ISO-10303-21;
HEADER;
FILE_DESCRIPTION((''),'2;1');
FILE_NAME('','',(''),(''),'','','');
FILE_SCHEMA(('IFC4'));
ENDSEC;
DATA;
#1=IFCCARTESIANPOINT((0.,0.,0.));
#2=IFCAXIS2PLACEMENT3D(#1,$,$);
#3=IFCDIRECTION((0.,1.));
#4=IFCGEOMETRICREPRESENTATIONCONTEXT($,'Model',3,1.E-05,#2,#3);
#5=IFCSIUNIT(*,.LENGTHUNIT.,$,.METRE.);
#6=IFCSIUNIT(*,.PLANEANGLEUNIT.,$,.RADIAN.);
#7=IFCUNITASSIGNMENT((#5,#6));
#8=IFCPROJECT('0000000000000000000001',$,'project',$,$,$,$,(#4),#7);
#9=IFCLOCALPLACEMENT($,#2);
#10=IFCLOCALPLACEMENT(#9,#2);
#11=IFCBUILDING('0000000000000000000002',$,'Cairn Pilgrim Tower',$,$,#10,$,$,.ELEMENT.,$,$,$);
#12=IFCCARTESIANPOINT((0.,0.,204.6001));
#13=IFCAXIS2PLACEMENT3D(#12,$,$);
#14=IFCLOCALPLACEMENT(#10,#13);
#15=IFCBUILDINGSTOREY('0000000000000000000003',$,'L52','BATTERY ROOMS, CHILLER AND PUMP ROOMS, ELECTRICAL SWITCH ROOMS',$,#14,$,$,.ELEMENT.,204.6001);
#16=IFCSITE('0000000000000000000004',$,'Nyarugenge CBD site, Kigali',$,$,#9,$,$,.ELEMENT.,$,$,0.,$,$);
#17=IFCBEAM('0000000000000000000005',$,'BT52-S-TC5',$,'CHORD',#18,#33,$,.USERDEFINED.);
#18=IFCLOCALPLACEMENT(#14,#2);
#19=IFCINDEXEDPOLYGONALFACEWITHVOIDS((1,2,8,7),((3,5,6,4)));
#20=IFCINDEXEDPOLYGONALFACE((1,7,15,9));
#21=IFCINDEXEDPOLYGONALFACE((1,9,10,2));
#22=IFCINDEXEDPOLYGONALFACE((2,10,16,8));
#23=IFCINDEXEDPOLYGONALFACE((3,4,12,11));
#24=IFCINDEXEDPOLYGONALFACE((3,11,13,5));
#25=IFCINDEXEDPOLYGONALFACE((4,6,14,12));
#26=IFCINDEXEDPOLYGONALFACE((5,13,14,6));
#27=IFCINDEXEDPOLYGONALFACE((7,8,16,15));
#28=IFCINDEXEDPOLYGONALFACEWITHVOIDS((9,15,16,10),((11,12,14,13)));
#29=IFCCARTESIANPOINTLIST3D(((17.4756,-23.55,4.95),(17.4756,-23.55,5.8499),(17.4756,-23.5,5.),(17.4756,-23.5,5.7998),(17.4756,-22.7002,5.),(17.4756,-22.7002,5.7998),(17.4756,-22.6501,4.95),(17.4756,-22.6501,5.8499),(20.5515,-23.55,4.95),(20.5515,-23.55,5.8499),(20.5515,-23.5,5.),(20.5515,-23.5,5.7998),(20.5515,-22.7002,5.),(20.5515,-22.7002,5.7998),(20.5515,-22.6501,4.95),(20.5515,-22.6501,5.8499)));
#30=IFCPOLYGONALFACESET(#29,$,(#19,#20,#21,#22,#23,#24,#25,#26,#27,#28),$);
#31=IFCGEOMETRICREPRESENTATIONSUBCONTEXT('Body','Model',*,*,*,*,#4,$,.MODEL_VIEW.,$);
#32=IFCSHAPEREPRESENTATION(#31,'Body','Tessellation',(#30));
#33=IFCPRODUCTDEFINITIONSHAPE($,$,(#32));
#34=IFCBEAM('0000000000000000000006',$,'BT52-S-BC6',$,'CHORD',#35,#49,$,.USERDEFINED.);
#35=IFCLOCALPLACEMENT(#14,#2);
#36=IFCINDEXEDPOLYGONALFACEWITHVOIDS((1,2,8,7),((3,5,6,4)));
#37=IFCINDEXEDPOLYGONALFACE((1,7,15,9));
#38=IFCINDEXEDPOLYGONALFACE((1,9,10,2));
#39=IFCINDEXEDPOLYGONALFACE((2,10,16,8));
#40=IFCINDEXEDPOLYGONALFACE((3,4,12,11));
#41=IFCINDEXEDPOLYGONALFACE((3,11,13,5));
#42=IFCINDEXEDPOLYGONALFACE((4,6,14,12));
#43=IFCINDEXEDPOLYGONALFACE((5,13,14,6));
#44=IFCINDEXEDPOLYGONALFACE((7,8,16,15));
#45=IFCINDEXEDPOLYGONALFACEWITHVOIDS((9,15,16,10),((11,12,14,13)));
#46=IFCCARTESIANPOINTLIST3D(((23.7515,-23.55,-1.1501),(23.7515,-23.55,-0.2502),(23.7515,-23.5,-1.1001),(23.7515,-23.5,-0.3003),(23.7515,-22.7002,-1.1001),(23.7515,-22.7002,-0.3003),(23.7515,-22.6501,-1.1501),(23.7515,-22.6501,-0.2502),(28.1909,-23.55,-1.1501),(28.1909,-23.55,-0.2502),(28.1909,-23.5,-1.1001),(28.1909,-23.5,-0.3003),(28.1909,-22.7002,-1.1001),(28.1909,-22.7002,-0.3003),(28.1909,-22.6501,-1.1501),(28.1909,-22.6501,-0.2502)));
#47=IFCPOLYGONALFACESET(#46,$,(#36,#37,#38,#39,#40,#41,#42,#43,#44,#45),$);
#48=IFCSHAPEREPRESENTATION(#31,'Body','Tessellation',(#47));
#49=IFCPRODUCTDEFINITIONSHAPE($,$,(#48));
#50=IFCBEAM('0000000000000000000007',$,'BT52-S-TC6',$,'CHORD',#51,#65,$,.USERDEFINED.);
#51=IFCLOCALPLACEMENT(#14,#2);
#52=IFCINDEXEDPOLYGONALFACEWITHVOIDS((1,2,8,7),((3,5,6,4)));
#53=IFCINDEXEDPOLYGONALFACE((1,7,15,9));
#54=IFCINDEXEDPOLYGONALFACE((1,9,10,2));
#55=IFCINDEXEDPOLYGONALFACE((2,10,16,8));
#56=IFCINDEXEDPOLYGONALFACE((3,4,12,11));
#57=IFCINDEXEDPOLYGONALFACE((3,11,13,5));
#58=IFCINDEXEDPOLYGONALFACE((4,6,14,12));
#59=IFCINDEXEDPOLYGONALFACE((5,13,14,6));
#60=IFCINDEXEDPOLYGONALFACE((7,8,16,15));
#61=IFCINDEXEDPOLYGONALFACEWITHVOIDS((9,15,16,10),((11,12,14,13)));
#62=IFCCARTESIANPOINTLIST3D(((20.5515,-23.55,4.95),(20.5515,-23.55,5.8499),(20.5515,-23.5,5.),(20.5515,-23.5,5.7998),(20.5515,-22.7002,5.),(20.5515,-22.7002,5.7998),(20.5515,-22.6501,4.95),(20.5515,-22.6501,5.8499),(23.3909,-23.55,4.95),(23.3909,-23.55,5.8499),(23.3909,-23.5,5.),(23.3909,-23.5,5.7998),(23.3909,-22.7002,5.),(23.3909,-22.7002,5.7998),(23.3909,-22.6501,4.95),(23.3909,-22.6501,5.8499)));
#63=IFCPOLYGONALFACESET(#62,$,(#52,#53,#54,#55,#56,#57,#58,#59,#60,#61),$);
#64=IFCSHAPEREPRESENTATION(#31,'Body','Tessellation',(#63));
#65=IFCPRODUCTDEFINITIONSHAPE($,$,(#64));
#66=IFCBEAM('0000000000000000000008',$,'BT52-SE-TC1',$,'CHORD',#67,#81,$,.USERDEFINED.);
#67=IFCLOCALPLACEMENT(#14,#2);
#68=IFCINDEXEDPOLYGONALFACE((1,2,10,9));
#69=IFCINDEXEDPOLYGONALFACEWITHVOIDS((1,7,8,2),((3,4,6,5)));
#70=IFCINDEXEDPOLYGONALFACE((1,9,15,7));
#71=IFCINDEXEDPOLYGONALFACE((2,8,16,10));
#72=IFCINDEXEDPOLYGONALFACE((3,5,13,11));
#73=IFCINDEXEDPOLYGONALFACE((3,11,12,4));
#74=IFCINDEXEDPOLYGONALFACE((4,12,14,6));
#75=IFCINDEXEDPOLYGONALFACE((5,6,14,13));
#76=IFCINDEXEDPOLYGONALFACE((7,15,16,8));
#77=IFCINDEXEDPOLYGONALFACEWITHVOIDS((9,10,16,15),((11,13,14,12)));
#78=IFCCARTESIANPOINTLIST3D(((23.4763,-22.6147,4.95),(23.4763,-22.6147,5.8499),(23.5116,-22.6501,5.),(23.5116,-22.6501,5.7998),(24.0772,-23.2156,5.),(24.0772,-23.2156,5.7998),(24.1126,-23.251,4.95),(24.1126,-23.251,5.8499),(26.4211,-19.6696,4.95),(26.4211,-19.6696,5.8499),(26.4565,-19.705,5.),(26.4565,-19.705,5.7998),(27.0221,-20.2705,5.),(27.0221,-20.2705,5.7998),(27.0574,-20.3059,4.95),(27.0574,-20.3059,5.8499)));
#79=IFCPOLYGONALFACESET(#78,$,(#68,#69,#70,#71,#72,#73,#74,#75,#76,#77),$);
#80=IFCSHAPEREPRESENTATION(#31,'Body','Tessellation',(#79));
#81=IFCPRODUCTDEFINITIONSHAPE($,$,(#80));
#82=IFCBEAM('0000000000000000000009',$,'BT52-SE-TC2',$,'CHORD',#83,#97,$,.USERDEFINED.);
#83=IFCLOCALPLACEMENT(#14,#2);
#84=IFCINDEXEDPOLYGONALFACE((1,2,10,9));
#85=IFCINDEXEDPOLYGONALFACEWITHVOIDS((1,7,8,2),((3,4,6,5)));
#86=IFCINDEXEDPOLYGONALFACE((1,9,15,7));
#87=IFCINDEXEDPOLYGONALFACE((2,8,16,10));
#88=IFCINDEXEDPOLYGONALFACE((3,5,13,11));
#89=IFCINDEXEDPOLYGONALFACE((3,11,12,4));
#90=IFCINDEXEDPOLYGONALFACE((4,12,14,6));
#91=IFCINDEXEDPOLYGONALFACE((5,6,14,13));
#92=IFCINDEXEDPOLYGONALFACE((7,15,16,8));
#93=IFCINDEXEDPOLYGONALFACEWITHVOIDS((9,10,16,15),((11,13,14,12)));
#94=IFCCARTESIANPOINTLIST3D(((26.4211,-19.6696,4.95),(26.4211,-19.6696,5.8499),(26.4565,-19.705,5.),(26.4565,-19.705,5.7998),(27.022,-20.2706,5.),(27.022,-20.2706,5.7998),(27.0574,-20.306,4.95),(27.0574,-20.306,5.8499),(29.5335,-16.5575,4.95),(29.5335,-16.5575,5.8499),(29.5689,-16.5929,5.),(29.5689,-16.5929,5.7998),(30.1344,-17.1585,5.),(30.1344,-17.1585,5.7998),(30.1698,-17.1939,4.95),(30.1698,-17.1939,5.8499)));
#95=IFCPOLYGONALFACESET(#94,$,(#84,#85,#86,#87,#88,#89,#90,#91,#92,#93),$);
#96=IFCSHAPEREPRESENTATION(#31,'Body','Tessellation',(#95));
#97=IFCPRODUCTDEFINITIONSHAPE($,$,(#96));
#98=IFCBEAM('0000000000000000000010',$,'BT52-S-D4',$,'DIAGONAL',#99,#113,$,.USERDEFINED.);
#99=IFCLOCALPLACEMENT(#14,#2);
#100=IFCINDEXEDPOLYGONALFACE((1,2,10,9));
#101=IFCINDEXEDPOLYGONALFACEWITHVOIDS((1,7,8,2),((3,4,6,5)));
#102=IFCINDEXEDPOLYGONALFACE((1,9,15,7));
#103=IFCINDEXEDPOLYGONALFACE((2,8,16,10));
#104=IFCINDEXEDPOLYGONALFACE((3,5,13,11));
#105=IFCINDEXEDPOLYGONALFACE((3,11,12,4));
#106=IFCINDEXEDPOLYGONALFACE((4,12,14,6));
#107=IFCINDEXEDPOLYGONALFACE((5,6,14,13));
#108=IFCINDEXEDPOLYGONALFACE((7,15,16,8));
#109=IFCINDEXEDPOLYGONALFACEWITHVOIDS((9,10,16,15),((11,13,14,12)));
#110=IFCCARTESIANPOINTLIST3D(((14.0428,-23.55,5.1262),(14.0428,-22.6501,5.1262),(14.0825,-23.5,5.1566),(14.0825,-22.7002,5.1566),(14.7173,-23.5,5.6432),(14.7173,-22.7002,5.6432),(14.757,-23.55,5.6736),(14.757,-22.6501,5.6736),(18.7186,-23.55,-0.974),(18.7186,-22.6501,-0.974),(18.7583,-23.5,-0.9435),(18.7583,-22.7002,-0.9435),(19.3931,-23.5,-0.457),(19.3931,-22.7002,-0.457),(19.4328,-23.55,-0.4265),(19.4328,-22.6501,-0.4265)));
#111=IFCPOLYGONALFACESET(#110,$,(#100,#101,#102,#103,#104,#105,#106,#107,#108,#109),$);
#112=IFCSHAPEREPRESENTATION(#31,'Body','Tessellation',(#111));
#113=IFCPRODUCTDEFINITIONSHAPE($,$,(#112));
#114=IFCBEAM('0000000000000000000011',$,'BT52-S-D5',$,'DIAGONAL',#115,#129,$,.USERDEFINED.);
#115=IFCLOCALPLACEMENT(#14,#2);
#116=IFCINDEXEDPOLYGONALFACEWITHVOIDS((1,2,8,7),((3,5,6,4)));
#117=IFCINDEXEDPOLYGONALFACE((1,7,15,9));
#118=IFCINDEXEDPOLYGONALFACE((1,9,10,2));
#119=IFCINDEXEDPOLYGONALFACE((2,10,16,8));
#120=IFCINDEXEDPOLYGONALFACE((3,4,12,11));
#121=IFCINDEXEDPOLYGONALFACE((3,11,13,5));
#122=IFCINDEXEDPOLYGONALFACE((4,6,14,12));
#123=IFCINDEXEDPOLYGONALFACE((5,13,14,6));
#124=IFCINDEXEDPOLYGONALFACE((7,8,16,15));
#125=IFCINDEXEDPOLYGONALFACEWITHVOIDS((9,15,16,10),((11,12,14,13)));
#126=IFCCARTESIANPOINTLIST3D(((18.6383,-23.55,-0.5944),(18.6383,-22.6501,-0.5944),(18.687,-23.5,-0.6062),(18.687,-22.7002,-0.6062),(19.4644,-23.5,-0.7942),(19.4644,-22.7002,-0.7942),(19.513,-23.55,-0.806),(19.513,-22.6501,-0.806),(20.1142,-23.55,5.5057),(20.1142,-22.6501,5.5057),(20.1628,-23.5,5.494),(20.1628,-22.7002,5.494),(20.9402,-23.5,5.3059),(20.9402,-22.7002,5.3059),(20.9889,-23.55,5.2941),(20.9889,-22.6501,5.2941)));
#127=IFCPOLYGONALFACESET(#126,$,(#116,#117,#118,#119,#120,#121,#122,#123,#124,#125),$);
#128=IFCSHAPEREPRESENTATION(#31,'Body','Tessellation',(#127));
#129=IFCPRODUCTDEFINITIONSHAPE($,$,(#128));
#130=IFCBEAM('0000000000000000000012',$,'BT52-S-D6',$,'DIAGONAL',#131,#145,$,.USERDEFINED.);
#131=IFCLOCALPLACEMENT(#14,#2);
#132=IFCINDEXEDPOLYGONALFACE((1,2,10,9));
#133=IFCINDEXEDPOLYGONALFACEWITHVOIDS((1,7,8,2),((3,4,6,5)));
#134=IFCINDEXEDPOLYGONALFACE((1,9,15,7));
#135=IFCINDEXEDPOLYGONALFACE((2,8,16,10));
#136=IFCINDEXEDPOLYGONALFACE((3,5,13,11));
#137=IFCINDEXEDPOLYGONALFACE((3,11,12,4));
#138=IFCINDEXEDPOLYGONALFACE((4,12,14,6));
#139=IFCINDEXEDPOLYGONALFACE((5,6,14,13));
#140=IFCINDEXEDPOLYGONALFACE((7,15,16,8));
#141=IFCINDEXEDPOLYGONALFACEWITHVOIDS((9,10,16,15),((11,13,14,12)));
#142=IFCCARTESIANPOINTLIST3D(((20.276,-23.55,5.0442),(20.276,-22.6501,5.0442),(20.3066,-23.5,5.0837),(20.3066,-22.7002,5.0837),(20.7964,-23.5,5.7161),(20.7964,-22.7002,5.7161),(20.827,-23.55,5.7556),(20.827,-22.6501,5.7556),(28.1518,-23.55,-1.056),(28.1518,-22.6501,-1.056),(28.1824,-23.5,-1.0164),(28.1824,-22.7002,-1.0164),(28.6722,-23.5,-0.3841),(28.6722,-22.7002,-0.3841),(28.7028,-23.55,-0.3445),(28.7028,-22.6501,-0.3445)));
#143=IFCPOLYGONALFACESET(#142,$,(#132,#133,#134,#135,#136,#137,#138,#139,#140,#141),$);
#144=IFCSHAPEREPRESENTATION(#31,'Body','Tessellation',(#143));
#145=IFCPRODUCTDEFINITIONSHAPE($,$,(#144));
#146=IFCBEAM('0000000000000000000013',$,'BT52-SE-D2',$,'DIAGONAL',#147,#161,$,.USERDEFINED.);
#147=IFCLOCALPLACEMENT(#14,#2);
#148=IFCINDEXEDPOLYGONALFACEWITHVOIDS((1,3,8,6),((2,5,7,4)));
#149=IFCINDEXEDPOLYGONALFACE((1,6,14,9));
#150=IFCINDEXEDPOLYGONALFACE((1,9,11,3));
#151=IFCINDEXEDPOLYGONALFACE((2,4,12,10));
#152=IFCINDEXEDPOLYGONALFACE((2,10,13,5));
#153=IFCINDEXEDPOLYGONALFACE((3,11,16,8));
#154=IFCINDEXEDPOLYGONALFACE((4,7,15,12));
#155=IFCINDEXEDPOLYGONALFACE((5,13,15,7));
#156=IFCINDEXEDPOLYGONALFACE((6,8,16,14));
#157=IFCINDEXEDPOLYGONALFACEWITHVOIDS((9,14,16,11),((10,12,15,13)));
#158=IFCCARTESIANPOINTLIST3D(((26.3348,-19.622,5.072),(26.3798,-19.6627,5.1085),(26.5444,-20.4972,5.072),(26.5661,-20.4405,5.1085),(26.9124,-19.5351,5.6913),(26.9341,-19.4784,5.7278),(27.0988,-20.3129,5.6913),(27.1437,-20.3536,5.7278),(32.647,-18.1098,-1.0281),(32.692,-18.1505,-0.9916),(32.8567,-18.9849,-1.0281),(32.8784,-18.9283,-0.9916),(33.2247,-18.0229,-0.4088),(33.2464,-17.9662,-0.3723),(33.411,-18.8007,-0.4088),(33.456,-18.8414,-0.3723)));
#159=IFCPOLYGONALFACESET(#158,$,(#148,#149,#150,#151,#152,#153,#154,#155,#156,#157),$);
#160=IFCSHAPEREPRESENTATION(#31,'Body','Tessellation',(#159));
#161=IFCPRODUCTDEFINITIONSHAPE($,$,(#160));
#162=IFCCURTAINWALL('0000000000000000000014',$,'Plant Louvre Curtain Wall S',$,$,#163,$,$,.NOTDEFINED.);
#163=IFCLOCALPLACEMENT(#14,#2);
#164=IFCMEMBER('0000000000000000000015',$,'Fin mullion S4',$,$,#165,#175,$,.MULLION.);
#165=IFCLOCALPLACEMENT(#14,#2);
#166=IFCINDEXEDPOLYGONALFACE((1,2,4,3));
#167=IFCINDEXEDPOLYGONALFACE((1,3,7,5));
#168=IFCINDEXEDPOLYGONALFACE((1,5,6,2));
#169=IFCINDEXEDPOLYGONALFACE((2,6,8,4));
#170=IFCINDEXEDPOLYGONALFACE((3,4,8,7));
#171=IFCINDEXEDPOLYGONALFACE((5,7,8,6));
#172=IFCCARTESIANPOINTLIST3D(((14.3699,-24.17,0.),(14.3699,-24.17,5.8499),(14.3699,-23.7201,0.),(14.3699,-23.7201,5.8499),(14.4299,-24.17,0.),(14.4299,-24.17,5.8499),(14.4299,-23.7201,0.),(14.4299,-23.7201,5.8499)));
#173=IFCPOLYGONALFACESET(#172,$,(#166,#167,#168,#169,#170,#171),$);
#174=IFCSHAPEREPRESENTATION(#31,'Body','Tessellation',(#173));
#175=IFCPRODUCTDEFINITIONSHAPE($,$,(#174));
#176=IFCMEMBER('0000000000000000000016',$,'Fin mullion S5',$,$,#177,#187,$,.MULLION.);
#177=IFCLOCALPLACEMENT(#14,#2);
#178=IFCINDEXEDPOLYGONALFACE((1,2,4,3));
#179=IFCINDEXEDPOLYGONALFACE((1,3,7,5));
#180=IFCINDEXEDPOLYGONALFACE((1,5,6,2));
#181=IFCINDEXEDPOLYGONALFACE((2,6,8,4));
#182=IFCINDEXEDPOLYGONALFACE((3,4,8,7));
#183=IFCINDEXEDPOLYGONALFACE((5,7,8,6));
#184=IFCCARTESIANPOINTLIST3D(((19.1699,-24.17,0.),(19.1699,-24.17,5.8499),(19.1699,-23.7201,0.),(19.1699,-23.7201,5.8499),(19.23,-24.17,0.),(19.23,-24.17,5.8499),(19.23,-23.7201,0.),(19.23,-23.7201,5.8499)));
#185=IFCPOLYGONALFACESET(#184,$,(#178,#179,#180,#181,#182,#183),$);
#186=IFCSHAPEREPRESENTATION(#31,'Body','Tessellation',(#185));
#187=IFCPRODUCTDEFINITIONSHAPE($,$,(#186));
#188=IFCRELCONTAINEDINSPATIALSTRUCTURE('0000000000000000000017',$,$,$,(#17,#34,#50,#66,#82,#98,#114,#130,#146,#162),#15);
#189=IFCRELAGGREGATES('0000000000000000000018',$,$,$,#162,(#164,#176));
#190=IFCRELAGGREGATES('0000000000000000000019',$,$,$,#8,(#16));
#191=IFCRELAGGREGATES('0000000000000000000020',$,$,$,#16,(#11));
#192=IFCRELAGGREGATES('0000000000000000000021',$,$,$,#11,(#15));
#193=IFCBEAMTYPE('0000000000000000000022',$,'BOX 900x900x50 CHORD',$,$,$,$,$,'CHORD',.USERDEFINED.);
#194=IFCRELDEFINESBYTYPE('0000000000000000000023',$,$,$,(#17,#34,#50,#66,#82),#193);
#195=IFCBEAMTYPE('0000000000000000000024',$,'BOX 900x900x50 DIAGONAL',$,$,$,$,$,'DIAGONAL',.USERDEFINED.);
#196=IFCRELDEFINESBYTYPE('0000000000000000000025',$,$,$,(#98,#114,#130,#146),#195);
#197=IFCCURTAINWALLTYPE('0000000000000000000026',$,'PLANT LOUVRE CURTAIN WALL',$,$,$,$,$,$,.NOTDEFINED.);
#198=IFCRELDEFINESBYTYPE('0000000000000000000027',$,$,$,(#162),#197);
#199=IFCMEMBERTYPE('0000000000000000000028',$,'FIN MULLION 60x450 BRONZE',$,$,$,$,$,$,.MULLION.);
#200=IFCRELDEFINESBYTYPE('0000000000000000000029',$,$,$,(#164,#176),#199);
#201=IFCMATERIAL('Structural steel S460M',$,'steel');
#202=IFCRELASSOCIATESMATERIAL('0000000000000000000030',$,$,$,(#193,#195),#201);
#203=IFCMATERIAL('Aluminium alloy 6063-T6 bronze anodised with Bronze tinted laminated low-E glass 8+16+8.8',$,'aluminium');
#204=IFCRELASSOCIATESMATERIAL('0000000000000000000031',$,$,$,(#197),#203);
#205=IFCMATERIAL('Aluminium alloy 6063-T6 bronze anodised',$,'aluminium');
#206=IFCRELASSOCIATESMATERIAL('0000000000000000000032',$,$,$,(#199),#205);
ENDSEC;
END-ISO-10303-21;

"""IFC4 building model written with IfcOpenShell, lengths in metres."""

from ifc_helpers import new_model, si_unit, direction, frame, origin, origin_2d, place, context, subcontext, project, spatial, rectangle, hollow_rectangle, extrude, material, material_profile, profile_set, type_object, element, aggregate, save


model = new_model("IFC4")

# Units and contexts
model_context = context("Model", 3, precision=1e-05, world=origin(), true_north=direction((0.0, 1.0)))
body_context = subcontext(model_context, "Body", "Model", "MODEL_VIEW")
ifc_project = project(units=[si_unit("LENGTHUNIT", "METRE"), si_unit("PLANEANGLEUNIT", "RADIAN")], contexts=[model_context])

# Site, building, storey
site_placement = place(None, origin())
site = spatial("IfcSite", under=ifc_project, at=site_placement, Name="Nyarugenge CBD site, Kigali", CompositionType="ELEMENT", RefElevation=0.0)
building_placement = place(site_placement, origin())
building = spatial("IfcBuilding", under=site, at=building_placement, Name="Cairn Pilgrim Tower", CompositionType="ELEMENT")
storey_placement = place(building_placement, frame((0.0, 0.0, 204.6001)))
storey = spatial("IfcBuildingStorey", under=building, at=storey_placement, Name="L52", Description="BATTERY ROOMS, CHILLER AND PUMP ROOMS, ELECTRICAL SWITCH ROOMS", CompositionType="ELEMENT", Elevation=204.6001)

# Shared definitions
ifc_material_1 = material(Name="Structural steel S460M", Category="steel")

# Beams
ifc_material_profile_1 = material_profile(ifc_material_1, hollow_rectangle(XDim=0.8999, YDim=0.8999, WallThickness=0.05, at=origin_2d()), Name="BOX 900x900x50")
ifc_profile_set_1 = profile_set([ifc_material_profile_1], Name="Structural steel S460M")
beam_type_1 = type_object("IfcBeamType", Name="BOX 900x900x50 CHORD", ElementType="CHORD", PredefinedType="USERDEFINED", material=ifc_profile_set_1)
beam_1_placement = place(storey_placement, frame((17.4756, -23.1001, 5.3999), z_axis=(1.0, 0.0, 0.0), x_axis=(0.0, 1.0, 0.0)))
element("IfcBeam", 1, at=beam_1_placement, inside=storey, type_object=beam_type_1, Name="BT52-S-TC5", ObjectType="CHORD", PredefinedType="USERDEFINED", context=body_context, shape_type="SweptSolid", body=[
    extrude(hollow_rectangle(XDim=0.8999, YDim=0.8999, WallThickness=0.05, at=origin_2d()), origin(), (0.0, 0.0, 1.0), 3.0759),
])
beam_2_placement = place(storey_placement, frame((23.7515, -23.1001, -0.7002), z_axis=(1.0, 0.0, 0.0), x_axis=(0.0, 1.0, 0.0)))
element("IfcBeam", 2, at=beam_2_placement, inside=storey, type_object=beam_type_1, Name="BT52-S-BC6", ObjectType="CHORD", PredefinedType="USERDEFINED", context=body_context, shape_type="SweptSolid", body=[
    extrude(hollow_rectangle(XDim=0.8999, YDim=0.8999, WallThickness=0.05, at=origin_2d()), origin(), (0.0, 0.0, 1.0), 4.4395),
])
beam_3_placement = place(storey_placement, frame((20.5515, -23.1001, 5.3999), z_axis=(1.0, 0.0, 0.0), x_axis=(0.0, 1.0, 0.0)))
element("IfcBeam", 3, at=beam_3_placement, inside=storey, type_object=beam_type_1, Name="BT52-S-TC6", ObjectType="CHORD", PredefinedType="USERDEFINED", context=body_context, shape_type="SweptSolid", body=[
    extrude(hollow_rectangle(XDim=0.8999, YDim=0.8999, WallThickness=0.05, at=origin_2d()), origin(), (0.0, 0.0, 1.0), 2.8394),
])
beam_4_placement = place(storey_placement, frame((23.7944, -22.9329, 5.3999), z_axis=(0.707077, 0.707136, 0.0), x_axis=(-0.707136, 0.707077, 0.0)))
element("IfcBeam", 4, at=beam_4_placement, inside=storey, type_object=beam_type_1, Name="BT52-SE-TC1", ObjectType="CHORD", PredefinedType="USERDEFINED", context=body_context, shape_type="SweptSolid", body=[
    extrude(hollow_rectangle(XDim=0.8999, YDim=0.8999, WallThickness=0.05, at=origin_2d()), origin(), (0.0, 0.0, 1.0), 4.1648),
])
beam_5_placement = place(storey_placement, frame((26.7393, -19.9878, 5.3999), z_axis=(0.707135, 0.707079, 0.0), x_axis=(-0.707079, 0.707135, 0.0)))
element("IfcBeam", 5, at=beam_5_placement, inside=storey, type_object=beam_type_1, Name="BT52-SE-TC2", ObjectType="CHORD", PredefinedType="USERDEFINED", context=body_context, shape_type="SweptSolid", body=[
    extrude(hollow_rectangle(XDim=0.8999, YDim=0.8999, WallThickness=0.05, at=origin_2d()), origin(), (0.0, 0.0, 1.0), 4.4014),
])
ifc_material_profile_2 = material_profile(ifc_material_1, hollow_rectangle(XDim=0.8999, YDim=0.8999, WallThickness=0.05, at=origin_2d()), Name="BOX 900x900x50")
ifc_profile_set_2 = profile_set([ifc_material_profile_2], Name="Structural steel S460M")
beam_type_2 = type_object("IfcBeamType", Name="BOX 900x900x50 DIAGONAL", ElementType="DIAGONAL", PredefinedType="USERDEFINED", material=ifc_profile_set_2)
beam_6_placement = place(storey_placement, frame((14.3999, -23.1001, 5.3999), z_axis=(0.608353, 0.0, -0.793667), x_axis=(0.0, 1.0, 0.0)))
element("IfcBeam", 6, at=beam_6_placement, inside=storey, type_object=beam_type_2, Name="BT52-S-D4", ObjectType="DIAGONAL", PredefinedType="USERDEFINED", context=body_context, shape_type="SweptSolid", body=[
    extrude(hollow_rectangle(XDim=0.8999, YDim=0.8999, WallThickness=0.05, at=origin_2d()), origin(), (0.0, 0.0, 1.0), 7.686),
])
beam_7_placement = place(storey_placement, frame((19.0757, -23.1001, -0.7002), z_axis=(0.235151, 0.0, 0.971959), x_axis=(0.0, 1.0, 0.0)))
element("IfcBeam", 7, at=beam_7_placement, inside=storey, type_object=beam_type_2, Name="BT52-S-D5", ObjectType="DIAGONAL", PredefinedType="USERDEFINED", context=body_context, shape_type="SweptSolid", body=[
    extrude(hollow_rectangle(XDim=0.8999, YDim=0.8999, WallThickness=0.05, at=origin_2d()), origin(), (0.0, 0.0, 1.0), 6.2761),
])
beam_8_placement = place(storey_placement, frame((20.5515, -23.1001, 5.3999), z_axis=(0.79059, 0.0, -0.612346), x_axis=(0.0, 1.0, 0.0)))
element("IfcBeam", 8, at=beam_8_placement, inside=storey, type_object=beam_type_2, Name="BT52-S-D6", ObjectType="DIAGONAL", PredefinedType="USERDEFINED", context=body_context, shape_type="SweptSolid", body=[
    extrude(hollow_rectangle(XDim=0.8999, YDim=0.8999, WallThickness=0.05, at=origin_2d()), origin(), (0.0, 0.0, 1.0), 9.9619),
])
beam_9_placement = place(storey_placement, frame((26.7393, -19.9878, 5.3999), z_axis=(0.70865, 0.169769, -0.684832), x_axis=(-0.232975, 0.972483, 0.0)))
element("IfcBeam", 9, at=beam_9_placement, inside=storey, type_object=beam_type_2, Name="BT52-SE-D2", ObjectType="DIAGONAL", PredefinedType="USERDEFINED", context=body_context, shape_type="SweptSolid", body=[
    extrude(hollow_rectangle(XDim=0.8999, YDim=0.8999, WallThickness=0.05, at=origin_2d()), origin(), (0.0, 0.0, 1.0), 8.9075),
])

# Curtain wall, members
ifc_material_2 = material(Name="Aluminium alloy 6063-T6 bronze anodised with Bronze tinted laminated low-E glass 8+16+8.8", Category="aluminium")
curtain_wall_type = type_object("IfcCurtainWallType", Name="PLANT LOUVRE CURTAIN WALL", PredefinedType="NOTDEFINED", material=ifc_material_2)
curtain_wall_placement = place(storey_placement, origin())
curtain_wall = element("IfcCurtainWall", 10, at=curtain_wall_placement, inside=storey, type_object=curtain_wall_type, Name="Plant Louvre Curtain Wall S", PredefinedType="NOTDEFINED")
ifc_material_3 = material(Name="Aluminium alloy 6063-T6 bronze anodised", Category="aluminium")
ifc_material_profile_3 = material_profile(ifc_material_3, rectangle(XDim=0.45, YDim=0.0601, at=origin_2d()), Name="FIN MULLION 60x450 BRONZE")
ifc_profile_set_3 = profile_set([ifc_material_profile_3], Name="Aluminium alloy 6063-T6 bronze anodised")
member_type_1 = type_object("IfcMemberType", Name="FIN MULLION 60x450 BRONZE", PredefinedType="MULLION", material=ifc_profile_set_3)
member_1_placement = place(storey_placement, frame((14.3999, -23.9451, 0.0), z_axis=(0.0, 0.0, 1.0), x_axis=(0.0, -1.0, 0.0)))
member_1 = element("IfcMember", 11, at=member_1_placement, type_object=member_type_1, Name="Fin mullion S4", PredefinedType="MULLION", context=body_context, shape_type="SweptSolid", body=[
    extrude(rectangle(XDim=0.45, YDim=0.0601, at=origin_2d()), origin(), (0.0, 0.0, 1.0), 5.8499),
])
member_2_placement = place(storey_placement, frame((19.2, -23.9451, 0.0), z_axis=(0.0, 0.0, 1.0), x_axis=(0.0, -1.0, 0.0)))
member_2 = element("IfcMember", 12, at=member_2_placement, type_object=member_type_1, Name="Fin mullion S5", PredefinedType="MULLION", context=body_context, shape_type="SweptSolid", body=[
    extrude(rectangle(XDim=0.45, YDim=0.0601, at=origin_2d()), origin(), (0.0, 0.0, 1.0), 5.8499),
])

aggregate(curtain_wall, [member_1, member_2])

save(model, "model.ifc")
